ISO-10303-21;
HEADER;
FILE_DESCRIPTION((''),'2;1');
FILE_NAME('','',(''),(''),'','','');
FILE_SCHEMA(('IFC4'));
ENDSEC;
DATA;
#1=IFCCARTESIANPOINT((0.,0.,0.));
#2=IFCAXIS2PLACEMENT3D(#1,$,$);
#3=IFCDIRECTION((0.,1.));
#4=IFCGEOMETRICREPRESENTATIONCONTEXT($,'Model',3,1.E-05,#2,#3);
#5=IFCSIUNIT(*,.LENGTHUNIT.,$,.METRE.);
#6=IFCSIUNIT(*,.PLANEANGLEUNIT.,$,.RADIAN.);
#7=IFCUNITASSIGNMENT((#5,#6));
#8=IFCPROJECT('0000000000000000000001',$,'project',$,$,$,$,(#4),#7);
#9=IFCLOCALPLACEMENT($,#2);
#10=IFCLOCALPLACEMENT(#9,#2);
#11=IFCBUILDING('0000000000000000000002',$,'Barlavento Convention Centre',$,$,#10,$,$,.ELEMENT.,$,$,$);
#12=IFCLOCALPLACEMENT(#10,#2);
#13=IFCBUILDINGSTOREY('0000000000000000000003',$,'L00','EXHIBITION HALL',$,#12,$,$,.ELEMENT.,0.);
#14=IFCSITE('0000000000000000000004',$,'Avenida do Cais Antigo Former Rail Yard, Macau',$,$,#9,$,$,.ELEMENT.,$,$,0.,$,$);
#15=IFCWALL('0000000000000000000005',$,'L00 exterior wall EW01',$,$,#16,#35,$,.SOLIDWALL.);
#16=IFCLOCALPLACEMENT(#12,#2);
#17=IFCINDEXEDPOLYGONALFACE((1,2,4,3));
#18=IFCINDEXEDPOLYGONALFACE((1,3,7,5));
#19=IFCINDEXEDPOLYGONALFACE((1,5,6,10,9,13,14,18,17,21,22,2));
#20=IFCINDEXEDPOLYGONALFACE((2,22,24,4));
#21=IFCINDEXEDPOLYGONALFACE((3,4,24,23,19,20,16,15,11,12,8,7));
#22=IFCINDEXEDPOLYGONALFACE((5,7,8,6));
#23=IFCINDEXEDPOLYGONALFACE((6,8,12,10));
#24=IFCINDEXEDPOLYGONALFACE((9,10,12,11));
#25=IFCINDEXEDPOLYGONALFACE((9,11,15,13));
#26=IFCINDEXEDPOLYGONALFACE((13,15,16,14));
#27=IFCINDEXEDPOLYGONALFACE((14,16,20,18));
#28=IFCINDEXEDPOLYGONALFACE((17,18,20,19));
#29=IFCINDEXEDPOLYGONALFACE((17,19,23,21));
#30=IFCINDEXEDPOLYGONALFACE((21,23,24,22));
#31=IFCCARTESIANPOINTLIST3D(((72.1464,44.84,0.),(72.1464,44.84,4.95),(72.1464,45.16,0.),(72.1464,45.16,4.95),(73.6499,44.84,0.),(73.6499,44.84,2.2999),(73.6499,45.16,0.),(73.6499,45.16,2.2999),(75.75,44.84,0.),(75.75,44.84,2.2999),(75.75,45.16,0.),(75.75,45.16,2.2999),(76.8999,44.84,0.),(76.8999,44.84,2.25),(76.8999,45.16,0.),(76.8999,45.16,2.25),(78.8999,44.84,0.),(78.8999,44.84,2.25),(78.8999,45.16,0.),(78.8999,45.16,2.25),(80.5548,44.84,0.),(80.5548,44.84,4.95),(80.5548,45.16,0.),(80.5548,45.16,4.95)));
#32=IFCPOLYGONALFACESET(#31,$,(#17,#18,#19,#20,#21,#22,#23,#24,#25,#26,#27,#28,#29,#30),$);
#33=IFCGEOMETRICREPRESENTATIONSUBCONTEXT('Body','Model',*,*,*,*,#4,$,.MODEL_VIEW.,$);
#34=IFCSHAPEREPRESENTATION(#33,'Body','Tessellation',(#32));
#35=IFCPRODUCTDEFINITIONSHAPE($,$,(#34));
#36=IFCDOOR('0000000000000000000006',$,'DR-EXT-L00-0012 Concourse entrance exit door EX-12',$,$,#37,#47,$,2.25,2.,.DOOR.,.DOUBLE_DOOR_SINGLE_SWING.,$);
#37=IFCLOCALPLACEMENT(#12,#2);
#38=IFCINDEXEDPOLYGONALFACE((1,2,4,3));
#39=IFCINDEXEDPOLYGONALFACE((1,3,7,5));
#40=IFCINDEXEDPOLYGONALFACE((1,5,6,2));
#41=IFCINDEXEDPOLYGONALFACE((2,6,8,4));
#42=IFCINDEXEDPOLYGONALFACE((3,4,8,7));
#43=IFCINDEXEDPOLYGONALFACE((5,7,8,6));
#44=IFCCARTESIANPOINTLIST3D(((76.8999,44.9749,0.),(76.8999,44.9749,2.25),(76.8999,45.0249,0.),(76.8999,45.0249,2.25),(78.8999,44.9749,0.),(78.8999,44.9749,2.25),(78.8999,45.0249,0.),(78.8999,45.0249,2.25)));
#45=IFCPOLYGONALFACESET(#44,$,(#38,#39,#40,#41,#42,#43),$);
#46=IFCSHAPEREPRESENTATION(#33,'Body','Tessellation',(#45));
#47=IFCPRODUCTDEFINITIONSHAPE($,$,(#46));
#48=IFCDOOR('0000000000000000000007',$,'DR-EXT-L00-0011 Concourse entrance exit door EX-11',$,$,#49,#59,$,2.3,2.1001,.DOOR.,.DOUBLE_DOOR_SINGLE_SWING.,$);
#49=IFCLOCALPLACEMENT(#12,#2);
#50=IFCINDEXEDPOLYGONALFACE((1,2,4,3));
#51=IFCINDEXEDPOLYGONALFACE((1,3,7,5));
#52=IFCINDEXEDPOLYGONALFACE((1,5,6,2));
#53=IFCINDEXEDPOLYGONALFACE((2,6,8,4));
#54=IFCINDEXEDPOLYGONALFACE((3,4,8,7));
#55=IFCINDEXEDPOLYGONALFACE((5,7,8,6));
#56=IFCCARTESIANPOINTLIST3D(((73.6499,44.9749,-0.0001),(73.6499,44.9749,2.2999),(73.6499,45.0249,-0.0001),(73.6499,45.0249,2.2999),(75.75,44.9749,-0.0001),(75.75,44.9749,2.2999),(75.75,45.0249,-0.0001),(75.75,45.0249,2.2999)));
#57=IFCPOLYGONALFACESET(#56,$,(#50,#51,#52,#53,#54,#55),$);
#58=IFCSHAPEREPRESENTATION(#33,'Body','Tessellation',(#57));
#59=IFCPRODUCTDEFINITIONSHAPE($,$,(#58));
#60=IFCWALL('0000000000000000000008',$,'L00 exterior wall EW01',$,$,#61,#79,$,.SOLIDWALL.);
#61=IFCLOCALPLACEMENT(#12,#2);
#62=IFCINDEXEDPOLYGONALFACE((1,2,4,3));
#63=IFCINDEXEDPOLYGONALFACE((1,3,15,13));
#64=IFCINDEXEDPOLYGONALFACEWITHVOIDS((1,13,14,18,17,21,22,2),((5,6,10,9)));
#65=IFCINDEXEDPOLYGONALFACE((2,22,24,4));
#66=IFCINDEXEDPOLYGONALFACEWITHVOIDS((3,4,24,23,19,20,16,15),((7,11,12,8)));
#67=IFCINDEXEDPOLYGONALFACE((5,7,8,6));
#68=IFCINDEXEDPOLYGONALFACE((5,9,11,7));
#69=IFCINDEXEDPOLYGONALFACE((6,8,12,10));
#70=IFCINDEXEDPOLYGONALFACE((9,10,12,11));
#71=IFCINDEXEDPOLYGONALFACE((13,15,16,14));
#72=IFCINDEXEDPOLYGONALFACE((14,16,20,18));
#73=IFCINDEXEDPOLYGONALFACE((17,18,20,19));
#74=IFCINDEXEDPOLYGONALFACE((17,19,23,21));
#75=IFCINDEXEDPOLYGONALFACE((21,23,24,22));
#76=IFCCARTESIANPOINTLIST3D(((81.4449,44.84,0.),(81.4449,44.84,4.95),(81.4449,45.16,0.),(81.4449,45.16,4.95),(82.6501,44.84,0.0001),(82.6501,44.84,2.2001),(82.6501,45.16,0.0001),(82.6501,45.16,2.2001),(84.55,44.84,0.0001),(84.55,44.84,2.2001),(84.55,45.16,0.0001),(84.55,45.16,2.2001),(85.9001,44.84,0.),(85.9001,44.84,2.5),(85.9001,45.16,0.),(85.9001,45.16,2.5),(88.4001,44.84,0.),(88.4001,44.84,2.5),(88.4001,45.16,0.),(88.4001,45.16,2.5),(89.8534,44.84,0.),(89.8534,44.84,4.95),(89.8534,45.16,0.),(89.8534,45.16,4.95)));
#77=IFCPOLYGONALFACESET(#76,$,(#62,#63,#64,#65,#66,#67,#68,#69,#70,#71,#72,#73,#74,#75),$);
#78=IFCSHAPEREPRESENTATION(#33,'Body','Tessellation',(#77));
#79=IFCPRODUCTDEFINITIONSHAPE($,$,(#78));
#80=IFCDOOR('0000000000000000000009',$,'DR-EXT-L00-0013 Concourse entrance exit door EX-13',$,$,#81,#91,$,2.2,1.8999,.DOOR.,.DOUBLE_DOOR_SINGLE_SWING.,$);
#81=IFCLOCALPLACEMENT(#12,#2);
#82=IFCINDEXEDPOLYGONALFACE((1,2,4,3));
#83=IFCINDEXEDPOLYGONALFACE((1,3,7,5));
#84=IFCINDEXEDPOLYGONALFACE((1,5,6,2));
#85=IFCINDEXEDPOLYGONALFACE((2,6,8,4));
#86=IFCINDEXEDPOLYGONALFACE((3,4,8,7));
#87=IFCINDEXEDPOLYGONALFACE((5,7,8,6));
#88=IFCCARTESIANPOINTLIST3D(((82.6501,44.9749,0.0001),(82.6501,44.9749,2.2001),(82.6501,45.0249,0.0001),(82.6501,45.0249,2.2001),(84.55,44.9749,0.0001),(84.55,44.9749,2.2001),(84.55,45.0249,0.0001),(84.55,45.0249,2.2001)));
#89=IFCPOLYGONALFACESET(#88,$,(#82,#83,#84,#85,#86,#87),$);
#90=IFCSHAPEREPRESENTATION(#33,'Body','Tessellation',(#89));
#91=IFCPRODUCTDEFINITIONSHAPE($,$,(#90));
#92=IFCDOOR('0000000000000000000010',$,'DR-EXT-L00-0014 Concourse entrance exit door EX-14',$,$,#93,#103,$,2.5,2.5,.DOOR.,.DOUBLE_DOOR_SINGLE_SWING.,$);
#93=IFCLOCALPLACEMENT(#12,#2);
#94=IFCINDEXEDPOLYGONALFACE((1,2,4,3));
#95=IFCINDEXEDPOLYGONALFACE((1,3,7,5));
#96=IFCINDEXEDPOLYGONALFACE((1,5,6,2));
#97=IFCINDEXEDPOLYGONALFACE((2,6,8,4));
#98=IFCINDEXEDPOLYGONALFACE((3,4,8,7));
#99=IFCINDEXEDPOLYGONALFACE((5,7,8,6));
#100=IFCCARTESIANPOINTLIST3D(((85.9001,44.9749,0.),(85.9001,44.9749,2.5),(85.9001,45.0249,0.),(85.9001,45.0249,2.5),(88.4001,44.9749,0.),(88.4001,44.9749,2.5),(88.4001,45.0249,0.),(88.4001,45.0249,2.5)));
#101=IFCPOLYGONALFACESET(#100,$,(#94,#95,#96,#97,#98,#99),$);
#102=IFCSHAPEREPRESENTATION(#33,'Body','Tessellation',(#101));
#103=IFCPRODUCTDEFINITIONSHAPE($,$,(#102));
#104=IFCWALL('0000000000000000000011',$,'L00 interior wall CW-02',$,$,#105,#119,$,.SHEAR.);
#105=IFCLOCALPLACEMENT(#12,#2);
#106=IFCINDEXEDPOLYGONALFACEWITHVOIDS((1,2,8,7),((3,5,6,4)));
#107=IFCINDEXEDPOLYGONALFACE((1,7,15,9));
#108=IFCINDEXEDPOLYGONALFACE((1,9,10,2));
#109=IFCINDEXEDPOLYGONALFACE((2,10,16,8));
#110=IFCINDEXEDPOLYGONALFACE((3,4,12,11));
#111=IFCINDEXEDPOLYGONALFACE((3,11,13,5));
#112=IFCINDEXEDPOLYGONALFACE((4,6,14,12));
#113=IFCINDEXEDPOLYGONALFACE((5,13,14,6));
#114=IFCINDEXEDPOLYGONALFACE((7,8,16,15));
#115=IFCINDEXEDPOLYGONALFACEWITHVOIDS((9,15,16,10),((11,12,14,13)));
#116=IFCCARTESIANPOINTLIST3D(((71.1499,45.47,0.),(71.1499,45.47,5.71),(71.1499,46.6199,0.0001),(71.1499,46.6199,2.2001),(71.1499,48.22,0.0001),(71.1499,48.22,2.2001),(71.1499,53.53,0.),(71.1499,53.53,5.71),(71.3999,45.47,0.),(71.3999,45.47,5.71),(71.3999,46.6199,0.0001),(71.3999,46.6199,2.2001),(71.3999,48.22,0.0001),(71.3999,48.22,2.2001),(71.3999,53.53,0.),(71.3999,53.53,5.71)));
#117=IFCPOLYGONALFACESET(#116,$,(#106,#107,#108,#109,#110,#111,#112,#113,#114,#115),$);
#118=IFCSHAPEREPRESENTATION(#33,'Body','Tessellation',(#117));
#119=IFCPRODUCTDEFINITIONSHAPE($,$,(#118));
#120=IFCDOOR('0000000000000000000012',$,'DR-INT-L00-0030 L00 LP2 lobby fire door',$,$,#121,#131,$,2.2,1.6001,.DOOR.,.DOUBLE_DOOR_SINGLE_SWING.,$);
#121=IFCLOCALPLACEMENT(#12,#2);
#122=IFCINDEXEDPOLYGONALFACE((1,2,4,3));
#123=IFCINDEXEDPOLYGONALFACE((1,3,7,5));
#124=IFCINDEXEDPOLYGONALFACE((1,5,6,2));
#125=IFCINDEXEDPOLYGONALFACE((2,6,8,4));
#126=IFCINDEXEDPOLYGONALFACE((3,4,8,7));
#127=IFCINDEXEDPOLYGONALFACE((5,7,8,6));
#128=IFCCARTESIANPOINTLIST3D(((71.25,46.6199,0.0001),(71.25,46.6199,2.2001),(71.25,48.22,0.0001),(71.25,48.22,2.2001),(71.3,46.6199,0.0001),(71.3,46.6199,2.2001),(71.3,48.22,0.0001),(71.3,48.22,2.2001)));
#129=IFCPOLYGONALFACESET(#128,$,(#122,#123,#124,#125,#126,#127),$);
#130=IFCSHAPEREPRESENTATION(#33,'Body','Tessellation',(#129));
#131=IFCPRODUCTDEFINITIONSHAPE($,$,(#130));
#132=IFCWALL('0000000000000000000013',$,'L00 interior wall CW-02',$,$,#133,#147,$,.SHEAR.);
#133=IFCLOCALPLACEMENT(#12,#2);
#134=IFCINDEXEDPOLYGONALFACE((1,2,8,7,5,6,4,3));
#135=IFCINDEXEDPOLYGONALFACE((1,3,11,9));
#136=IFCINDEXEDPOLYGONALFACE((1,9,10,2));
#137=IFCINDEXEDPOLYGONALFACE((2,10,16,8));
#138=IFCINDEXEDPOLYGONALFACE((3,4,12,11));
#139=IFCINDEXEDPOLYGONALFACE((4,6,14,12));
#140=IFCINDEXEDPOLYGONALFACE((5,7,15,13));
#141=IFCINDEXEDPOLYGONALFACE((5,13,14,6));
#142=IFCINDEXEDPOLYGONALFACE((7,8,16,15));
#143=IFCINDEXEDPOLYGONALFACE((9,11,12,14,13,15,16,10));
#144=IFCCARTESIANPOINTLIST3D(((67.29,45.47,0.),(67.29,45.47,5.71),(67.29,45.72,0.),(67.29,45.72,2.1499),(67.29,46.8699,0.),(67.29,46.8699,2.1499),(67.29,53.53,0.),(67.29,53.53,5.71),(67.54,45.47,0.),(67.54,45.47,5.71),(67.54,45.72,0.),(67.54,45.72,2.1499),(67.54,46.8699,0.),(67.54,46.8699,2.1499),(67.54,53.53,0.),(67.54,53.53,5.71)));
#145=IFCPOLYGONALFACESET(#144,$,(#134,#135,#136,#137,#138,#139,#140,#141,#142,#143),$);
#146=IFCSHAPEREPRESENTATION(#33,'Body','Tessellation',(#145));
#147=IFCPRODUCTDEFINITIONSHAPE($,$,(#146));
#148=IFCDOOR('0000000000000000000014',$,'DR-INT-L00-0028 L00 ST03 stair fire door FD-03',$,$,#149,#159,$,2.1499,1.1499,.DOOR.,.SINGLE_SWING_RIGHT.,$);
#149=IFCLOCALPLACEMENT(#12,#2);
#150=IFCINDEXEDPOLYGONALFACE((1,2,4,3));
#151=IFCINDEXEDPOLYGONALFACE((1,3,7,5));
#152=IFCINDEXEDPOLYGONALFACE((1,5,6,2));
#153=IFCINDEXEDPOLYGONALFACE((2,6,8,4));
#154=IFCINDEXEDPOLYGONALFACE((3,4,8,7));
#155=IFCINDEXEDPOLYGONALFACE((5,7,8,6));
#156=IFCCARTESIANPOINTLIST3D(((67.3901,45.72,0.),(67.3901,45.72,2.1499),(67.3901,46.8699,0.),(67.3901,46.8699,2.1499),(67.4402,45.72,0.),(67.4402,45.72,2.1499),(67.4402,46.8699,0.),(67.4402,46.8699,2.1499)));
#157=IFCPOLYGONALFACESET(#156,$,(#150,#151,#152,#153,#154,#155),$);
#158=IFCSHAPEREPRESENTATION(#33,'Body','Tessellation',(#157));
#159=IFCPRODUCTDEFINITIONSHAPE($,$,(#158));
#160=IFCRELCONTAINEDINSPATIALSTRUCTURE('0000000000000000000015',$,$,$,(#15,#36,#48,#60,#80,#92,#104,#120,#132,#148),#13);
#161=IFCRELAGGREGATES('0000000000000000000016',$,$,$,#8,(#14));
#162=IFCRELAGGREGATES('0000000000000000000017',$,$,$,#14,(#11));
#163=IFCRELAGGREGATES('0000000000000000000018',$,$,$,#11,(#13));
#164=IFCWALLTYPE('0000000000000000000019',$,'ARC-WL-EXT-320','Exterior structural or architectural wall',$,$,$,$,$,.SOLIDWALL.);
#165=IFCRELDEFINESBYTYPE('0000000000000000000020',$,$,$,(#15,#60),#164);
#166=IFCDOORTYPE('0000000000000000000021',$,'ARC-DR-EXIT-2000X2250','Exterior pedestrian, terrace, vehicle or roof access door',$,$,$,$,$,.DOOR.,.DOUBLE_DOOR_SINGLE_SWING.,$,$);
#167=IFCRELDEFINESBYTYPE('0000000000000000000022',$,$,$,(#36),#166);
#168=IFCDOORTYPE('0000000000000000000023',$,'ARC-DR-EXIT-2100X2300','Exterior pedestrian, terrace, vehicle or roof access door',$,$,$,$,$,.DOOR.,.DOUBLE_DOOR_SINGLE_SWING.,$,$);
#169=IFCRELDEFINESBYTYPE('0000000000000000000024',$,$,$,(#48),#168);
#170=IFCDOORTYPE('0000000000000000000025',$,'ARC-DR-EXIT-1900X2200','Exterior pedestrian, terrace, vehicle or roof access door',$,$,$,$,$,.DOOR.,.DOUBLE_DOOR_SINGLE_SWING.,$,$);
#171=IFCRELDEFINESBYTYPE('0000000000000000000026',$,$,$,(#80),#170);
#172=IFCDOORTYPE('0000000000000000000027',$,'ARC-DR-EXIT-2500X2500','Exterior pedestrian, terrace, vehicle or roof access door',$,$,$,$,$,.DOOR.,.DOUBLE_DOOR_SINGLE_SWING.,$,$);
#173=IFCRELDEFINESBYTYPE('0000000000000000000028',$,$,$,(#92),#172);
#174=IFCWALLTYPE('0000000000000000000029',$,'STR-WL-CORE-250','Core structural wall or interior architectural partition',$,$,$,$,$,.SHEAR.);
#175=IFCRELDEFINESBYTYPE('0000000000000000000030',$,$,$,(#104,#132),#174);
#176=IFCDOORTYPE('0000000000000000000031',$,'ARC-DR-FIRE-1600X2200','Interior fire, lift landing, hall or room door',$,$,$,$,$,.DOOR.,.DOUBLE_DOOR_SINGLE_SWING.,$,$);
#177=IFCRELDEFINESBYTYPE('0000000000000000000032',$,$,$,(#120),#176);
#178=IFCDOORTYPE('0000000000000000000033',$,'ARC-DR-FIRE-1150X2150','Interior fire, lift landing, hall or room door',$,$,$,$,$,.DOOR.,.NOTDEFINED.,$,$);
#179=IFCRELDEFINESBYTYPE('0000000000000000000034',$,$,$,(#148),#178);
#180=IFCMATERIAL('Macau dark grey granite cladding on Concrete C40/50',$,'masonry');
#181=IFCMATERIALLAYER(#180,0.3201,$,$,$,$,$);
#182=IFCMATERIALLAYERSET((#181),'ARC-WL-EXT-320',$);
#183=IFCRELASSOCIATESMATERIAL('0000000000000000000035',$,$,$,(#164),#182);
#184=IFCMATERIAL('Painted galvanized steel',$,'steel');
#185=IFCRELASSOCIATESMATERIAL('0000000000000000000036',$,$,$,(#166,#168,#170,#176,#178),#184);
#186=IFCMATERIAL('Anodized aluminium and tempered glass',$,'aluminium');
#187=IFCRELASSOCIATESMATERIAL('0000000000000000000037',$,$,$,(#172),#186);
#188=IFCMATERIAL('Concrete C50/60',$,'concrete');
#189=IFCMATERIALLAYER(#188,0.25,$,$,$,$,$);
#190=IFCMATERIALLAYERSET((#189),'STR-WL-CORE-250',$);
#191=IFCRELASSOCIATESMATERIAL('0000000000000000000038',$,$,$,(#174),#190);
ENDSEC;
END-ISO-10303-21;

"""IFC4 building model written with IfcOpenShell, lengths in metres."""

from ifc_helpers import new_model, si_unit, direction, frame, frame_2d, origin, place, context, subcontext, project, spatial, rectangle, extrude, material, layer, layer_set, type_object, element, fill, save


model = new_model("IFC4")

# Units and contexts
model_context = context("Model", 3, precision=1e-05, world=origin(), true_north=direction((0.0, 1.0)))
body_context = subcontext(model_context, "Body", "Model", "MODEL_VIEW")
ifc_project = project(units=[si_unit("LENGTHUNIT", "METRE"), si_unit("PLANEANGLEUNIT", "RADIAN")], contexts=[model_context])

# Site, building, storey
site_placement = place(None, origin())
site = spatial("IfcSite", under=ifc_project, at=site_placement, Name="Avenida do Cais Antigo Former Rail Yard, Macau", CompositionType="ELEMENT", RefElevation=0.0)
building_placement = place(site_placement, origin())
building = spatial("IfcBuilding", under=site, at=building_placement, Name="Barlavento Convention Centre", CompositionType="ELEMENT")
storey_placement = place(building_placement, origin())
storey = spatial("IfcBuildingStorey", under=building, at=storey_placement, Name="L00", Description="EXHIBITION HALL", CompositionType="ELEMENT", Elevation=0.0)

# Shared definitions
ifc_material_1 = material(Name="Concrete C50/60", Category="concrete")

# Walls, openings, doors
ifc_material_2 = material(Name="Macau dark grey granite cladding on Concrete C40/50", Category="masonry")
ifc_layer_1 = layer(ifc_material_2, 0.3201)
ifc_layer_set_1 = layer_set([ifc_layer_1], Name="ARC-WL-EXT-320")
wall_type_1 = type_object("IfcWallType", Name="ARC-WL-EXT-320", Description="Exterior structural or architectural wall", PredefinedType="SOLIDWALL", material=ifc_layer_set_1)
wall_1_placement = place(storey_placement, frame((72.1465, 45.0, 0.0), z_axis=(0.0, 0.0, 1.0), x_axis=(1.0, 0.0, 0.0)))
wall_1 = element("IfcWall", 1, at=wall_1_placement, inside=storey, type_object=wall_type_1, Name="L00 exterior wall EW01", PredefinedType="SOLIDWALL", context=body_context, shape_type="SweptSolid", body=[
    extrude(rectangle(XDim=8.4084, YDim=0.3201, at=frame_2d((4.2041, 0.0))), origin(), (0.0, 0.0, 1.0), 4.95),
])
opening_1_placement = place(wall_1_placement, frame((1.5034, 0.0, 0.0)))
opening_1 = element("IfcOpeningElement", 2, at=opening_1_placement, cuts=wall_1, PredefinedType="OPENING", context=body_context, shape_type="SweptSolid", body=[
    extrude(rectangle(XDim=2.1001, YDim=2.3, at=frame_2d((1.05, 1.1499))), frame((0.0, 0.1699, 0.0), z_axis=(0.0, -1.0, 0.0), x_axis=(1.0, 0.0, 0.0)), (0.0, 0.0, 1.0), 0.3401),
])
opening_2_placement = place(wall_1_placement, frame((4.7534, 0.0, 0.0)))
opening_2 = element("IfcOpeningElement", 3, at=opening_2_placement, cuts=wall_1, PredefinedType="OPENING", context=body_context, shape_type="SweptSolid", body=[
    extrude(rectangle(XDim=2.0, YDim=2.25, at=frame_2d((1.0, 1.125))), frame((0.0, 0.1699, 0.0), z_axis=(0.0, -1.0, 0.0), x_axis=(1.0, 0.0, 0.0)), (0.0, 0.0, 1.0), 0.3401),
])
ifc_material_3 = material(Name="Painted galvanized steel", Category="steel")
door_type_1 = type_object("IfcDoorType", Name="ARC-DR-EXIT-2000X2250", Description="Exterior pedestrian, terrace, vehicle or roof access door", OperationType="DOUBLE_DOOR_SINGLE_SWING", PredefinedType="DOOR", material=ifc_material_3)
door_1_placement = place(opening_2_placement, origin())
door_1 = element("IfcDoor", 4, at=door_1_placement, inside=storey, type_object=door_type_1, Name="DR-EXT-L00-0012 Concourse entrance exit door EX-12", OperationType="DOUBLE_DOOR_SINGLE_SWING", OverallHeight=2.25, OverallWidth=2.0, PredefinedType="DOOR", context=body_context, shape_type="SweptSolid", body=[
    extrude(rectangle(XDim=2.0, YDim=2.25, at=frame_2d((1.0, 1.125))), frame((0.0, 0.0249, 0.0), z_axis=(0.0, -1.0, 0.0), x_axis=(1.0, 0.0, 0.0)), (0.0, 0.0, 1.0), 0.05),
])
fill(opening_2, door_1)
door_type_2 = type_object("IfcDoorType", Name="ARC-DR-EXIT-2100X2300", Description="Exterior pedestrian, terrace, vehicle or roof access door", OperationType="DOUBLE_DOOR_SINGLE_SWING", PredefinedType="DOOR", material=ifc_material_3)
door_2_placement = place(opening_1_placement, origin())
door_2 = element("IfcDoor", 5, at=door_2_placement, inside=storey, type_object=door_type_2, Name="DR-EXT-L00-0011 Concourse entrance exit door EX-11", OperationType="DOUBLE_DOOR_SINGLE_SWING", OverallHeight=2.3, OverallWidth=2.1001, PredefinedType="DOOR", context=body_context, shape_type="SweptSolid", body=[
    extrude(rectangle(XDim=2.1001, YDim=2.3, at=frame_2d((1.05, 1.1499))), frame((0.0, 0.0249, 0.0), z_axis=(0.0, -1.0, 0.0), x_axis=(1.0, 0.0, 0.0)), (0.0, 0.0, 1.0), 0.05),
])
fill(opening_1, door_2)
wall_2_placement = place(storey_placement, frame((81.4451, 45.0, 0.0), z_axis=(0.0, 0.0, 1.0), x_axis=(1.0, 0.0, 0.0)))
wall_2 = element("IfcWall", 6, at=wall_2_placement, inside=storey, type_object=wall_type_1, Name="L00 exterior wall EW01", PredefinedType="SOLIDWALL", context=body_context, shape_type="SweptSolid", body=[
    extrude(rectangle(XDim=8.4084, YDim=0.3201, at=frame_2d((4.2041, 0.0))), origin(), (0.0, 0.0, 1.0), 4.95),
])
opening_3_placement = place(wall_2_placement, frame((1.2051, 0.0, 0.0)))
opening_3 = element("IfcOpeningElement", 7, at=opening_3_placement, cuts=wall_2, PredefinedType="OPENING", context=body_context, shape_type="SweptSolid", body=[
    extrude(rectangle(XDim=1.8999, YDim=2.2, at=frame_2d((0.95, 1.1001))), frame((0.0, 0.1699, 0.0), z_axis=(0.0, -1.0, 0.0), x_axis=(1.0, 0.0, 0.0)), (0.0, 0.0, 1.0), 0.3401),
])
opening_4_placement = place(wall_2_placement, frame((4.4551, 0.0, 0.0)))
opening_4 = element("IfcOpeningElement", 8, at=opening_4_placement, cuts=wall_2, PredefinedType="OPENING", context=body_context, shape_type="SweptSolid", body=[
    extrude(rectangle(XDim=2.5, YDim=2.5, at=frame_2d((1.25, 1.25))), frame((0.0, 0.1699, 0.0), z_axis=(0.0, -1.0, 0.0), x_axis=(1.0, 0.0, 0.0)), (0.0, 0.0, 1.0), 0.3401),
])
door_type_3 = type_object("IfcDoorType", Name="ARC-DR-EXIT-1900X2200", Description="Exterior pedestrian, terrace, vehicle or roof access door", OperationType="DOUBLE_DOOR_SINGLE_SWING", PredefinedType="DOOR", material=ifc_material_3)
door_3_placement = place(opening_3_placement, origin())
door_3 = element("IfcDoor", 9, at=door_3_placement, inside=storey, type_object=door_type_3, Name="DR-EXT-L00-0013 Concourse entrance exit door EX-13", OperationType="DOUBLE_DOOR_SINGLE_SWING", OverallHeight=2.2, OverallWidth=1.8999, PredefinedType="DOOR", context=body_context, shape_type="SweptSolid", body=[
    extrude(rectangle(XDim=1.8999, YDim=2.2, at=frame_2d((0.95, 1.1001))), frame((0.0, 0.0249, 0.0), z_axis=(0.0, -1.0, 0.0), x_axis=(1.0, 0.0, 0.0)), (0.0, 0.0, 1.0), 0.05),
])
fill(opening_3, door_3)
ifc_material_4 = material(Name="Anodized aluminium and tempered glass", Category="aluminium")
door_type_4 = type_object("IfcDoorType", Name="ARC-DR-EXIT-2500X2500", Description="Exterior pedestrian, terrace, vehicle or roof access door", OperationType="DOUBLE_DOOR_SINGLE_SWING", PredefinedType="DOOR", material=ifc_material_4)
door_4_placement = place(opening_4_placement, origin())
door_4 = element("IfcDoor", 10, at=door_4_placement, inside=storey, type_object=door_type_4, Name="DR-EXT-L00-0014 Concourse entrance exit door EX-14", OperationType="DOUBLE_DOOR_SINGLE_SWING", OverallHeight=2.5, OverallWidth=2.5, PredefinedType="DOOR", context=body_context, shape_type="SweptSolid", body=[
    extrude(rectangle(XDim=2.5, YDim=2.5, at=frame_2d((1.25, 1.25))), frame((0.0, 0.0249, 0.0), z_axis=(0.0, -1.0, 0.0), x_axis=(1.0, 0.0, 0.0)), (0.0, 0.0, 1.0), 0.05),
])
fill(opening_4, door_4)

# Walls, openings, doors
ifc_layer_2 = layer(ifc_material_1, 0.25)
ifc_layer_set_2 = layer_set([ifc_layer_2], Name="STR-WL-CORE-250")
wall_type_2 = type_object("IfcWallType", Name="STR-WL-CORE-250", Description="Core structural wall or interior architectural partition", PredefinedType="SHEAR", material=ifc_layer_set_2)
wall_3_placement = place(storey_placement, frame((71.2749, 45.47, 0.0), z_axis=(0.0, 0.0, 1.0), x_axis=(0.0, 1.0, 0.0)))
wall_3 = element("IfcWall", 11, at=wall_3_placement, inside=storey, type_object=wall_type_2, Name="L00 interior wall CW-02", PredefinedType="SHEAR", context=body_context, shape_type="SweptSolid", body=[
    extrude(rectangle(XDim=8.0601, YDim=0.25, at=frame_2d((4.03, 0.0))), origin(), (0.0, 0.0, 1.0), 5.71),
])
opening_5_placement = place(wall_3_placement, frame((1.1499, 0.0, 0.0)))
opening_5 = element("IfcOpeningElement", 12, at=opening_5_placement, cuts=wall_3, PredefinedType="OPENING", context=body_context, shape_type="SweptSolid", body=[
    extrude(rectangle(XDim=1.6001, YDim=2.2, at=frame_2d((0.8, 1.1001))), frame((0.0, 0.135, 0.0), z_axis=(0.0, -1.0, 0.0), x_axis=(1.0, 0.0, 0.0)), (0.0, 0.0, 1.0), 0.27),
])
door_type_5 = type_object("IfcDoorType", Name="ARC-DR-FIRE-1600X2200", Description="Interior fire, lift landing, hall or room door", OperationType="DOUBLE_DOOR_SINGLE_SWING", PredefinedType="DOOR", material=ifc_material_3)
door_5_placement = place(opening_5_placement, origin())
door_5 = element("IfcDoor", 13, at=door_5_placement, inside=storey, type_object=door_type_5, Name="DR-INT-L00-0030 L00 LP2 lobby fire door", OperationType="DOUBLE_DOOR_SINGLE_SWING", OverallHeight=2.2, OverallWidth=1.6001, PredefinedType="DOOR", context=body_context, shape_type="SweptSolid", body=[
    extrude(rectangle(XDim=1.6001, YDim=2.2, at=frame_2d((0.8, 1.1001))), frame((0.0, 0.0249, 0.0), z_axis=(0.0, -1.0, 0.0), x_axis=(1.0, 0.0, 0.0)), (0.0, 0.0, 1.0), 0.05),
])
fill(opening_5, door_5)
wall_4_placement = place(storey_placement, frame((67.415, 45.47, 0.0), z_axis=(0.0, 0.0, 1.0), x_axis=(0.0, 1.0, 0.0)))
wall_4 = element("IfcWall", 14, at=wall_4_placement, inside=storey, type_object=wall_type_2, Name="L00 interior wall CW-02", PredefinedType="SHEAR", context=body_context, shape_type="SweptSolid", body=[
    extrude(rectangle(XDim=8.0601, YDim=0.25, at=frame_2d((4.03, 0.0))), origin(), (0.0, 0.0, 1.0), 5.71),
])
opening_6_placement = place(wall_4_placement, frame((0.25, 0.0, 0.0)))
opening_6 = element("IfcOpeningElement", 15, at=opening_6_placement, cuts=wall_4, PredefinedType="OPENING", context=body_context, shape_type="SweptSolid", body=[
    extrude(rectangle(XDim=1.1499, YDim=2.1499, at=frame_2d((0.575, 1.075))), frame((0.0, 0.135, 0.0), z_axis=(0.0, -1.0, 0.0), x_axis=(1.0, 0.0, 0.0)), (0.0, 0.0, 1.0), 0.27),
])
door_type_6 = type_object("IfcDoorType", Name="ARC-DR-FIRE-1150X2150", Description="Interior fire, lift landing, hall or room door", OperationType="NOTDEFINED", PredefinedType="DOOR", material=ifc_material_3)
door_6_placement = place(opening_6_placement, origin())
door_6 = element("IfcDoor", 16, at=door_6_placement, inside=storey, type_object=door_type_6, Name="DR-INT-L00-0028 L00 ST03 stair fire door FD-03", OperationType="SINGLE_SWING_RIGHT", OverallHeight=2.1499, OverallWidth=1.1499, PredefinedType="DOOR", context=body_context, shape_type="SweptSolid", body=[
    extrude(rectangle(XDim=1.1499, YDim=2.1499, at=frame_2d((0.575, 1.075))), frame((0.0, 0.0249, 0.0), z_axis=(0.0, -1.0, 0.0), x_axis=(1.0, 0.0, 0.0)), (0.0, 0.0, 1.0), 0.05),
])
fill(opening_6, door_6)

save(model, "model.ifc")
